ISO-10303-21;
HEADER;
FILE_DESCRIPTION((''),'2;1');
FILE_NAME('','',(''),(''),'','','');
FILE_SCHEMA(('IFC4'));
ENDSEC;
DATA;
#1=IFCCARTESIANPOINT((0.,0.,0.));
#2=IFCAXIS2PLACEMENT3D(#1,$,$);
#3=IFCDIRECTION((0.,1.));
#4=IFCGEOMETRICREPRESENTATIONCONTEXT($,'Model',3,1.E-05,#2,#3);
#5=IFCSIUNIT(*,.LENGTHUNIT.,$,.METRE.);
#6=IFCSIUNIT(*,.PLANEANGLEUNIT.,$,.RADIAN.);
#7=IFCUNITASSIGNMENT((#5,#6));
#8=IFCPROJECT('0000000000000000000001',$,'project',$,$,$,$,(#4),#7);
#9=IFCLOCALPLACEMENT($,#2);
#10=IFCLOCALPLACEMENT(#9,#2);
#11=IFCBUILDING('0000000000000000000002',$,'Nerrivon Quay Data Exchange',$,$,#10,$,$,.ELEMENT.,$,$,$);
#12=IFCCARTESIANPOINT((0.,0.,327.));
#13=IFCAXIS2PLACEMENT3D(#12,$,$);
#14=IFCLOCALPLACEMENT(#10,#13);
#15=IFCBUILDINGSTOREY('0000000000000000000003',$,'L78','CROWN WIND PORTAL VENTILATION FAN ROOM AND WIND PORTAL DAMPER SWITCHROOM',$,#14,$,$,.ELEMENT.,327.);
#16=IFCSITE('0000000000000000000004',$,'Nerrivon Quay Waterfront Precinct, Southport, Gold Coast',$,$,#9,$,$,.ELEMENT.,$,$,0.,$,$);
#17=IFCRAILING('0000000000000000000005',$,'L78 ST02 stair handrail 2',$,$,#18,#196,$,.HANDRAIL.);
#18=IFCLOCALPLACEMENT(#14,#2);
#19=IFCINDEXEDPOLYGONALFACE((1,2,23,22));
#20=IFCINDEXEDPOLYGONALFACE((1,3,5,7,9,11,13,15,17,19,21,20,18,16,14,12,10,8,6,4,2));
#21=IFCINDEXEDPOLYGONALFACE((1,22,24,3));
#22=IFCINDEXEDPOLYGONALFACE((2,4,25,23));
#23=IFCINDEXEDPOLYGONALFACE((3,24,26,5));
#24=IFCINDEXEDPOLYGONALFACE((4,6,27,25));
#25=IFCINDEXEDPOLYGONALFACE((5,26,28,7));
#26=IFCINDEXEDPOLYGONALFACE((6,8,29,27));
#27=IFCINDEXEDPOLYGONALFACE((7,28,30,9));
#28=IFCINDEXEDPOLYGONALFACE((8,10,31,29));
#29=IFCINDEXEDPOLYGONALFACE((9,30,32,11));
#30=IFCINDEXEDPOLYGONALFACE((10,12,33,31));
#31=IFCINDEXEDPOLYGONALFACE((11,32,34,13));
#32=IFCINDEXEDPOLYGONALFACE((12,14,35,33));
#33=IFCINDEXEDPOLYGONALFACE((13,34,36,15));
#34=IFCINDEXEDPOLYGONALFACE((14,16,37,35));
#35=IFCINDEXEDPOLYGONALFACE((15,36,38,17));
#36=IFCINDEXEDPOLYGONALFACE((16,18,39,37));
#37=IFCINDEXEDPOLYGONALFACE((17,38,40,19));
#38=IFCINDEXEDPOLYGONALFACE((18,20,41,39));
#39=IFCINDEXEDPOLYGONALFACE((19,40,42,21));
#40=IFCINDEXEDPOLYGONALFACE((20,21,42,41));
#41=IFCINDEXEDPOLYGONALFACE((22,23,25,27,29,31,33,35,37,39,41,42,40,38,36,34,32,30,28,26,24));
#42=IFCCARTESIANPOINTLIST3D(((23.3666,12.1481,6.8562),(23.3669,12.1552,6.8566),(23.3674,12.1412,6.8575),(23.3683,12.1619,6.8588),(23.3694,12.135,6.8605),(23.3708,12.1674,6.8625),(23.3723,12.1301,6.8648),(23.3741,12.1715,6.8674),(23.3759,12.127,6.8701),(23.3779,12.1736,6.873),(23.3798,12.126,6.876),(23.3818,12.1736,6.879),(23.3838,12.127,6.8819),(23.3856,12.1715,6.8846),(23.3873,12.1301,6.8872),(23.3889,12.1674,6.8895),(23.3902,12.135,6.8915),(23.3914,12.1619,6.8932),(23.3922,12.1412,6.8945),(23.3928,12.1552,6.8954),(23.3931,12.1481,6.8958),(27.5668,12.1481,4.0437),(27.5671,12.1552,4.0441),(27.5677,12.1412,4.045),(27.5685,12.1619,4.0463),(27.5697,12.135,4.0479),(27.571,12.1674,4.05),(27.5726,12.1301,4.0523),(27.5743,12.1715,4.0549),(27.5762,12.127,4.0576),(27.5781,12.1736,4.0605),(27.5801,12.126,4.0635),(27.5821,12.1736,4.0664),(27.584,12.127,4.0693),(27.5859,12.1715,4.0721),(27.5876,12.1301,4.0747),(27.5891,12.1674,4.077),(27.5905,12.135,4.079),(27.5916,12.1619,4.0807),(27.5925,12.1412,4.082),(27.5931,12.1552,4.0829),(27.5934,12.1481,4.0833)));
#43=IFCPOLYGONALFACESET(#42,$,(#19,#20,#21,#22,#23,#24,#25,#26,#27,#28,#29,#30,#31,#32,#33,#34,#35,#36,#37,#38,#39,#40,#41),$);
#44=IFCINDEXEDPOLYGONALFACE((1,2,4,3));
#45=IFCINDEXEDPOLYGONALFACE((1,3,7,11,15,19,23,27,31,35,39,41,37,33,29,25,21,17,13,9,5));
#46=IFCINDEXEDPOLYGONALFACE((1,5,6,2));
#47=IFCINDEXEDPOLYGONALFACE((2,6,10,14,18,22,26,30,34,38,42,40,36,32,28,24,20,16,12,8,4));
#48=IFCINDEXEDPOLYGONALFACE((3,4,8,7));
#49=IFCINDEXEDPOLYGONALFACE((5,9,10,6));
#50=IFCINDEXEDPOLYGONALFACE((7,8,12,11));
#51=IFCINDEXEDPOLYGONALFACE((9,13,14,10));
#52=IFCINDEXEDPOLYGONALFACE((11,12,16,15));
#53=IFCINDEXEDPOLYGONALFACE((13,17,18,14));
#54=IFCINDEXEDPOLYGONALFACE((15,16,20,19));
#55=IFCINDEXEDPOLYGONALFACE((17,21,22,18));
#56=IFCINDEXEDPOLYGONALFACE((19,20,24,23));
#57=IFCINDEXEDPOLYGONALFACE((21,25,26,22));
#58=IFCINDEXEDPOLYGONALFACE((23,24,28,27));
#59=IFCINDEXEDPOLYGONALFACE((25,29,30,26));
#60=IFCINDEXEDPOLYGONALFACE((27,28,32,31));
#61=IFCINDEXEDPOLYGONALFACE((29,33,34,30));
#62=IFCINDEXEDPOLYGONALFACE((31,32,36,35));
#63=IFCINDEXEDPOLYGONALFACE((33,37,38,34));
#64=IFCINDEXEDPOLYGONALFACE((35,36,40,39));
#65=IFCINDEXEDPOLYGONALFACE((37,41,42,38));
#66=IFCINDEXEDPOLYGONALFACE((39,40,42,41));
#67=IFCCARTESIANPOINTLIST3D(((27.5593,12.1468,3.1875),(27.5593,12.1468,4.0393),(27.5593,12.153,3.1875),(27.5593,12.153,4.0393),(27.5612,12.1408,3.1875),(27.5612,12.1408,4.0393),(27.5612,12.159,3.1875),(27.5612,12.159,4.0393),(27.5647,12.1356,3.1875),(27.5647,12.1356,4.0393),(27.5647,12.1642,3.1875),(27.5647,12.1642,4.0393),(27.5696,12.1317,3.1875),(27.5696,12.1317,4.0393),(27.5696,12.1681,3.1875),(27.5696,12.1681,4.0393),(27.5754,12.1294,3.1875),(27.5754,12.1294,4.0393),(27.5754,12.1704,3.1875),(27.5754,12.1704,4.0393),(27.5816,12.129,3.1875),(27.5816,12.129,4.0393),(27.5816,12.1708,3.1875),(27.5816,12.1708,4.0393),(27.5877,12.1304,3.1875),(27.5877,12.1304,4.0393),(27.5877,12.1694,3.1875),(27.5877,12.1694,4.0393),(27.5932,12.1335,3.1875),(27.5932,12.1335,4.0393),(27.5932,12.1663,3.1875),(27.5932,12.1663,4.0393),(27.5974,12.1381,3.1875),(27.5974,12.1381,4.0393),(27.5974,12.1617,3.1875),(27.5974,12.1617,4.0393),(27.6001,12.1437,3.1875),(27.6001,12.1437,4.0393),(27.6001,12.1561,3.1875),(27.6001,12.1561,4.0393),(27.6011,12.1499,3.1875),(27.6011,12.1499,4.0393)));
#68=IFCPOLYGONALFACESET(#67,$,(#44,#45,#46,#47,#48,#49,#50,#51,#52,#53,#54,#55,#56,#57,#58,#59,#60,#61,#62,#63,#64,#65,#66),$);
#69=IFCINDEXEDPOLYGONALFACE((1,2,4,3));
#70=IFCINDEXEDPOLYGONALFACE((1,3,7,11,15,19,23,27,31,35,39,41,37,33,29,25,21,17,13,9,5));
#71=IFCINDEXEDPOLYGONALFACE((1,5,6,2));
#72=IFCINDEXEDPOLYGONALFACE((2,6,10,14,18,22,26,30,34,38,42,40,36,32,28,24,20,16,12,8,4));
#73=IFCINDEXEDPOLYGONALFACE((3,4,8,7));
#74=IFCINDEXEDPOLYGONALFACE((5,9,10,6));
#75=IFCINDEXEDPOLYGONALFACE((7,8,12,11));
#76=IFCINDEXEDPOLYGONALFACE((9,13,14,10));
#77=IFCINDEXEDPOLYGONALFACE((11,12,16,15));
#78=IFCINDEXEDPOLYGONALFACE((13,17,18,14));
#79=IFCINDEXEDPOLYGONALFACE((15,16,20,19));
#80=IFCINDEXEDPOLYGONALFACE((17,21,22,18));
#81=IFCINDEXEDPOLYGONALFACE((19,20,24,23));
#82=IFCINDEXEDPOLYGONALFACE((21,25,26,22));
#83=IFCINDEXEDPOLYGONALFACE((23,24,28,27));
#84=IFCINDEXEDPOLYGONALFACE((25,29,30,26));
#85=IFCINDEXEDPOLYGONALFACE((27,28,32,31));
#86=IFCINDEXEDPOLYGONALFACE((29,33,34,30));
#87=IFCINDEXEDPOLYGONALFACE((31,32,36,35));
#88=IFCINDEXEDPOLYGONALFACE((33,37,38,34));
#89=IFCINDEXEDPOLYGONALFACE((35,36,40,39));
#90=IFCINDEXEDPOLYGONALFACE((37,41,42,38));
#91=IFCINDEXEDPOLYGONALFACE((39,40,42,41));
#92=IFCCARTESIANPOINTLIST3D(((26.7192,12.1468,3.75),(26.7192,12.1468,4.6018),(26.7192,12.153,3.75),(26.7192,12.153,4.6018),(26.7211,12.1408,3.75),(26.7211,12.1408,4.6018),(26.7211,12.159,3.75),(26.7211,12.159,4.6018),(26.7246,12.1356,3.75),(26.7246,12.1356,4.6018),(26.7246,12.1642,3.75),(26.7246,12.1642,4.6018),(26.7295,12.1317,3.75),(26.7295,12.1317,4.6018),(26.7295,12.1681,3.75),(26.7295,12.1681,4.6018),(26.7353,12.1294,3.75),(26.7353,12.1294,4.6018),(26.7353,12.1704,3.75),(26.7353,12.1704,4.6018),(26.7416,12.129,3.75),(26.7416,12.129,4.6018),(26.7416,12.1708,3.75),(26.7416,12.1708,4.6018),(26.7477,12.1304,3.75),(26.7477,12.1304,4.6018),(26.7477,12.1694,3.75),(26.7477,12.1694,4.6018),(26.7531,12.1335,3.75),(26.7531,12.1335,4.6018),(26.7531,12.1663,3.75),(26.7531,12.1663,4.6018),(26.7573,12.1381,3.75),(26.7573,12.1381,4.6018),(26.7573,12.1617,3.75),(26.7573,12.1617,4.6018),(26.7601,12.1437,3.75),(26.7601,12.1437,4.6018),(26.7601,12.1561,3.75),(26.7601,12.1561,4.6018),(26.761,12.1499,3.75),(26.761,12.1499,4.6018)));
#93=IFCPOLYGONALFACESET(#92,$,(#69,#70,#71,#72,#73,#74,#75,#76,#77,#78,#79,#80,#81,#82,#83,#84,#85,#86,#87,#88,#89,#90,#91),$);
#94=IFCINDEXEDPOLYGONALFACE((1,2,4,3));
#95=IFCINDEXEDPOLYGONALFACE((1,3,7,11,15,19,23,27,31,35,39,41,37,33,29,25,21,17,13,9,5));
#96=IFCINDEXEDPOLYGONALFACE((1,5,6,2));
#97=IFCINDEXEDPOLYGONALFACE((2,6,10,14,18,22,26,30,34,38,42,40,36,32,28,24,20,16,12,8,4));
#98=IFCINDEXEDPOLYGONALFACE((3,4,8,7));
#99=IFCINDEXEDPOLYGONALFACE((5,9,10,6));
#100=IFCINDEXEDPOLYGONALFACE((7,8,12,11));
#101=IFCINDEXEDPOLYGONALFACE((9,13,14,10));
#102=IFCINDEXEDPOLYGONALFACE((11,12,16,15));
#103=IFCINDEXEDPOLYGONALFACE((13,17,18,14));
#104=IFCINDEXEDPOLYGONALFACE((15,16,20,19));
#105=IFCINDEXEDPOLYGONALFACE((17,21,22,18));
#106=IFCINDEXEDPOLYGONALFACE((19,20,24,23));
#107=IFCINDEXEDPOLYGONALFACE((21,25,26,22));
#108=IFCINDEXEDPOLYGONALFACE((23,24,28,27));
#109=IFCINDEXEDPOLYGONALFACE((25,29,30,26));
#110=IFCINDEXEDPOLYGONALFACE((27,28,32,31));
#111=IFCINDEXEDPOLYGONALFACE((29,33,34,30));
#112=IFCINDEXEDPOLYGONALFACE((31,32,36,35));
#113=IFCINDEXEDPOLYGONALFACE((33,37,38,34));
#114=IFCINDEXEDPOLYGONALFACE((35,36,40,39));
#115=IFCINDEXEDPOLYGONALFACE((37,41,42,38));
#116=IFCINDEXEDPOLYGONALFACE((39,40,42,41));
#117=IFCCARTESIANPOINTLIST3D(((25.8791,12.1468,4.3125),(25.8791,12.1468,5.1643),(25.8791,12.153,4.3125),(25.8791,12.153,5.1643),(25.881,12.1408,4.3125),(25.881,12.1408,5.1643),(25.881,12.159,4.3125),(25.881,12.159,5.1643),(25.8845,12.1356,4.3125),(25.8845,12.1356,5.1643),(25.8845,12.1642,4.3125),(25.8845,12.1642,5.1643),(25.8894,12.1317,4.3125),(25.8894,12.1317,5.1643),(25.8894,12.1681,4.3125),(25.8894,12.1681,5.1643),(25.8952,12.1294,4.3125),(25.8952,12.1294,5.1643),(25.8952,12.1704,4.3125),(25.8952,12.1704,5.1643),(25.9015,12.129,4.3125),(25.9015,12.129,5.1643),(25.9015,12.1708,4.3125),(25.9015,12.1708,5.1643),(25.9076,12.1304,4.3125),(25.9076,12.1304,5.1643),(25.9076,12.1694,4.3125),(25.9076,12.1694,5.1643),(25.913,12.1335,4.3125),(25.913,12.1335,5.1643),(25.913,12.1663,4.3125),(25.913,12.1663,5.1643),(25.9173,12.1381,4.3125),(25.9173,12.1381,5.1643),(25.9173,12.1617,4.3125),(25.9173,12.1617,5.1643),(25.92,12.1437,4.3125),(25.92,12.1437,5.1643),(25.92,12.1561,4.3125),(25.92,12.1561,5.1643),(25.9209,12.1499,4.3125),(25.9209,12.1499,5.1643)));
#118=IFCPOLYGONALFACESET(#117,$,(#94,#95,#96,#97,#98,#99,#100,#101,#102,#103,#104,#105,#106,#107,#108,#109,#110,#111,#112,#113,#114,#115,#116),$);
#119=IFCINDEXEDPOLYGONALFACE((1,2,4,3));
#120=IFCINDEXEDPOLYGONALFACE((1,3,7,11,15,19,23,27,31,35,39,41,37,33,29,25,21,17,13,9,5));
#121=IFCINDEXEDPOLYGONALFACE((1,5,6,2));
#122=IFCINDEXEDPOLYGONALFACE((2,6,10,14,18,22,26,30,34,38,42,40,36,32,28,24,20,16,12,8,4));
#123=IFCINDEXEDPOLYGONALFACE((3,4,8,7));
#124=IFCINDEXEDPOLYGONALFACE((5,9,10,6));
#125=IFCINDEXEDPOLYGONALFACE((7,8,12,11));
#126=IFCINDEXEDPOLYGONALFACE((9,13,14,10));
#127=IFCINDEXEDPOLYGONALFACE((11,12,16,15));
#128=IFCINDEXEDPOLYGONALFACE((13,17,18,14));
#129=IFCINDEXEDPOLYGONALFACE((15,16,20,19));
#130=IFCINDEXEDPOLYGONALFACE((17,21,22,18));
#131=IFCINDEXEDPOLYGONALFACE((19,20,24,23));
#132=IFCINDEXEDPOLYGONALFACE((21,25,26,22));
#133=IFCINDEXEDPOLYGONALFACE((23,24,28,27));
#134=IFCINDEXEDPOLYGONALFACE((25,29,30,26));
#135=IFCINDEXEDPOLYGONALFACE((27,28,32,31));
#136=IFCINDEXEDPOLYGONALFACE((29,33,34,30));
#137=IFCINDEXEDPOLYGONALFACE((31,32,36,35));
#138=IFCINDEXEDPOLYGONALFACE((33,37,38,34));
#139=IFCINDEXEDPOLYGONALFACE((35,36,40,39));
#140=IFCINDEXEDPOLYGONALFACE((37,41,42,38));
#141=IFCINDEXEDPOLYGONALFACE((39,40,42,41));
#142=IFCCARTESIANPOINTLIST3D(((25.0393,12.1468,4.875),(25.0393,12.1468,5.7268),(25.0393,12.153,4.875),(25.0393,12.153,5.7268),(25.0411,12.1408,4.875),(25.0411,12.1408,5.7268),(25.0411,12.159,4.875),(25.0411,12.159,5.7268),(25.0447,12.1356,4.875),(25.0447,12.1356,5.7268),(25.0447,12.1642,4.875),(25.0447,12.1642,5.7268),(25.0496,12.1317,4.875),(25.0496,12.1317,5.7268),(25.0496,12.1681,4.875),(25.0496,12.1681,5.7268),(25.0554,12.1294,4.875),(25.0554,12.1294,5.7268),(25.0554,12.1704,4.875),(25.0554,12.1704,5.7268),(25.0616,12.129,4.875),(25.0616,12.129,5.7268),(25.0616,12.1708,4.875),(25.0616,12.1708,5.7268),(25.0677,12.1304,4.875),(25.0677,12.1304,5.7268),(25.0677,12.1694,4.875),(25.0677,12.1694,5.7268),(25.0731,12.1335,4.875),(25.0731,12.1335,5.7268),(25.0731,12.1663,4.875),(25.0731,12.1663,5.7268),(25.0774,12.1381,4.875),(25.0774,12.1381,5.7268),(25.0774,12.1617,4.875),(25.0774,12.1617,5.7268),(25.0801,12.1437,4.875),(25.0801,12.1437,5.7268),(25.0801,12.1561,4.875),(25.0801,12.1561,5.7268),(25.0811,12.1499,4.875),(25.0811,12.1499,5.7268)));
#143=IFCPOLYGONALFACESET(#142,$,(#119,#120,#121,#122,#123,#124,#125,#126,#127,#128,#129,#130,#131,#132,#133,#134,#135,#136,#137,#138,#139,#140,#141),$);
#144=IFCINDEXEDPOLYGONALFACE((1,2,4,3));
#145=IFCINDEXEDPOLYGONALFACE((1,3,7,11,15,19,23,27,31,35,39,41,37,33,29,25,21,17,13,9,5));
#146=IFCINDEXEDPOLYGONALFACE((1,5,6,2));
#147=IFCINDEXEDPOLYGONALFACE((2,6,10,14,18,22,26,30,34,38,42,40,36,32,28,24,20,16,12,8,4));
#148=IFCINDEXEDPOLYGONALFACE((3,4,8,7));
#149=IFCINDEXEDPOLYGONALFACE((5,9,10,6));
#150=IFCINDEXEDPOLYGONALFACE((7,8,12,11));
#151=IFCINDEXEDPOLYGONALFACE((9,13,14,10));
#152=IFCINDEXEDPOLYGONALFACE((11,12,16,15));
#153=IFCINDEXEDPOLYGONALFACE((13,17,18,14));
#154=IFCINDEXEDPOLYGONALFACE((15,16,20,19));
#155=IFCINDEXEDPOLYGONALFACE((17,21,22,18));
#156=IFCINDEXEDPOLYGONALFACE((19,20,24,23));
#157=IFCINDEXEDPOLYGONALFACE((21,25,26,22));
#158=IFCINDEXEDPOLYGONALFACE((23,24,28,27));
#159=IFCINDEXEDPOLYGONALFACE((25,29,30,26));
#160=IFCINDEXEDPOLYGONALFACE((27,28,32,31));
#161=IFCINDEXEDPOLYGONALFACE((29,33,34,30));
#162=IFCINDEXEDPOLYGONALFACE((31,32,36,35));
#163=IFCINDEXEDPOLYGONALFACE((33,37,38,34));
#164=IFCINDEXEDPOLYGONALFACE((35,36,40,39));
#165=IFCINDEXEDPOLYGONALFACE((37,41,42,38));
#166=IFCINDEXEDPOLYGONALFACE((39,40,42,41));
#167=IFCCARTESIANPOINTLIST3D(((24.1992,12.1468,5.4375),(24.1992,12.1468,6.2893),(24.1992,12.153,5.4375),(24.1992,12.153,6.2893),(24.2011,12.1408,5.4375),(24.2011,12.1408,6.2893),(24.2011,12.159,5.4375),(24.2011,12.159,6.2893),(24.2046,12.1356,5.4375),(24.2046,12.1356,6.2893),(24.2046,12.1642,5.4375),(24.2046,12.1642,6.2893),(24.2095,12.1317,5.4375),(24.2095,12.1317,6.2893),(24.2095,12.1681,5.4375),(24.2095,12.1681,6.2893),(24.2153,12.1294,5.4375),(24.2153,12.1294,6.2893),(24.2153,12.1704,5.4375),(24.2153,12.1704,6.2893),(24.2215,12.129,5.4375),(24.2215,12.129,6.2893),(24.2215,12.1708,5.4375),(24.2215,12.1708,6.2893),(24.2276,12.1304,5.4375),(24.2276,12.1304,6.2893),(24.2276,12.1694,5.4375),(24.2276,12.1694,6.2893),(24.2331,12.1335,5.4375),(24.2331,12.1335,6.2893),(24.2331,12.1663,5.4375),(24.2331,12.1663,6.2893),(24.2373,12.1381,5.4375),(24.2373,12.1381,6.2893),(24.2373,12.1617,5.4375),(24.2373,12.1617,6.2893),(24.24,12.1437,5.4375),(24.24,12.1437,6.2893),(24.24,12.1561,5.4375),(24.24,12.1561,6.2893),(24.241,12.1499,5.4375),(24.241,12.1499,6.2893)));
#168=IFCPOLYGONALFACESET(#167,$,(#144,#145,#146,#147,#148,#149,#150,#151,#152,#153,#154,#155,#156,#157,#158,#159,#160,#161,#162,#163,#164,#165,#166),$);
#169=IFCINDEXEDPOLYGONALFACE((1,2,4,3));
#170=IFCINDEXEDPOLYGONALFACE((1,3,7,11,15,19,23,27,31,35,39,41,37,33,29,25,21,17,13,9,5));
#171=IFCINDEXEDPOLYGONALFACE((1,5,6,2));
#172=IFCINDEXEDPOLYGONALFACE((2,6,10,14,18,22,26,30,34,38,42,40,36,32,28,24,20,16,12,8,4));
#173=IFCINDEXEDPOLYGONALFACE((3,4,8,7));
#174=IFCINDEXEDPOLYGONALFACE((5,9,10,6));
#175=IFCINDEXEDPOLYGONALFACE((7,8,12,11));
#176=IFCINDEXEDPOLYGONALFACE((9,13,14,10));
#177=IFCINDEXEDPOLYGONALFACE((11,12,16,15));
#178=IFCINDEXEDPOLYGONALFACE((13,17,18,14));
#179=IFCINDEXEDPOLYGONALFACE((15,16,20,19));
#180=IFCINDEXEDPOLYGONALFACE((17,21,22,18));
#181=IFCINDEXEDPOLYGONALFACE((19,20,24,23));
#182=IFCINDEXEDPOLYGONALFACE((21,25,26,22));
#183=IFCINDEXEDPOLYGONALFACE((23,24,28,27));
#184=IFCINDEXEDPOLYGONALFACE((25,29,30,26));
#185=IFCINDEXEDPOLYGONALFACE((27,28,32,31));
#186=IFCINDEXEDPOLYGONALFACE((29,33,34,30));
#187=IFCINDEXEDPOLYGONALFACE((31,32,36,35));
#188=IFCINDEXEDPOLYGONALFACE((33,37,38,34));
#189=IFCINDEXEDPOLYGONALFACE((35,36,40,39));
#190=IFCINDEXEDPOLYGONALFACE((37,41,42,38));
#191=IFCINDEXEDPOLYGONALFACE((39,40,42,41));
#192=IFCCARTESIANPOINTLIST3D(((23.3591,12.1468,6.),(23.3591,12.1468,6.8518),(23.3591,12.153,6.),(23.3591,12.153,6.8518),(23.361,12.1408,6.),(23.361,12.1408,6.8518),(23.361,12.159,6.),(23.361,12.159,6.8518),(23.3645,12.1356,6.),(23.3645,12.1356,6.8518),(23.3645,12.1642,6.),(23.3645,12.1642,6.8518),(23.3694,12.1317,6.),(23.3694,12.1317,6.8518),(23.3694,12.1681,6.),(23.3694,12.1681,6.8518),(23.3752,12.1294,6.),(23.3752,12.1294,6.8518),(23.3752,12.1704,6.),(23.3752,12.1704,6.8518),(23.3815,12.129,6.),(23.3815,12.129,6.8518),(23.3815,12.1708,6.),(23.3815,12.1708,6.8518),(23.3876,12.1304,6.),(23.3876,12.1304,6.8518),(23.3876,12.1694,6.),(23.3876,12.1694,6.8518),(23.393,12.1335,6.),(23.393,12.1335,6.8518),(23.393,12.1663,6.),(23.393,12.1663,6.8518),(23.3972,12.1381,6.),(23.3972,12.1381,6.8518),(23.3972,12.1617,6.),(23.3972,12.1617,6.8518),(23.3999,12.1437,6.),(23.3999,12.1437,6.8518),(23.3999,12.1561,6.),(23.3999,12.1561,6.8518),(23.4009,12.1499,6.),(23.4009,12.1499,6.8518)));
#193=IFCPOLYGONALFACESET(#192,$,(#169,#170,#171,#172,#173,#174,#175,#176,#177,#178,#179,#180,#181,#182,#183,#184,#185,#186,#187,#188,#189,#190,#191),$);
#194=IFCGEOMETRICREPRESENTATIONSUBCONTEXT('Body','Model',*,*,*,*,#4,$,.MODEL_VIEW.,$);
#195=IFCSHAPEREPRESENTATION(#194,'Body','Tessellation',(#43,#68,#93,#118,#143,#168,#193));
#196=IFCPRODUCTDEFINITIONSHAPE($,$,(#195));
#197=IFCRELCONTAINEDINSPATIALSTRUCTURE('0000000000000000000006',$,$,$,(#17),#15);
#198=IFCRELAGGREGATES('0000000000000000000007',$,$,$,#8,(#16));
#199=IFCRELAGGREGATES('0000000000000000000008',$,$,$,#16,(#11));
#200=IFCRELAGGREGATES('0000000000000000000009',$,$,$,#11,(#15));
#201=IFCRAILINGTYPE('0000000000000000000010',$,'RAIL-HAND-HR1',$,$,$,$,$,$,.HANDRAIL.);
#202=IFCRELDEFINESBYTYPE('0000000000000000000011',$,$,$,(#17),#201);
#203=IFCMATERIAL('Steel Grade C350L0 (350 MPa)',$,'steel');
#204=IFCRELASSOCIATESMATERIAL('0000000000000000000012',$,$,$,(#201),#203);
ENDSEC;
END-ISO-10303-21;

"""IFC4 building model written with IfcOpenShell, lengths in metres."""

from ifc_helpers import new_model, si_unit, direction, frame, origin, origin_2d, place, context, subcontext, project, spatial, circle, extrude, material, type_object, element, save


model = new_model("IFC4")

# Units and contexts
model_context = context("Model", 3, precision=1e-05, world=origin(), true_north=direction((0.0, 1.0)))
body_context = subcontext(model_context, "Body", "Model", "MODEL_VIEW")
ifc_project = project(units=[si_unit("LENGTHUNIT", "METRE"), si_unit("PLANEANGLEUNIT", "RADIAN")], contexts=[model_context])

# Site, building, storey
site_placement = place(None, origin())
site = spatial("IfcSite", under=ifc_project, at=site_placement, Name="Nerrivon Quay Waterfront Precinct, Southport, Gold Coast", CompositionType="ELEMENT", RefElevation=0.0)
building_placement = place(site_placement, origin())
building = spatial("IfcBuilding", under=site, at=building_placement, Name="Nerrivon Quay Data Exchange", CompositionType="ELEMENT")
storey_placement = place(building_placement, frame((0.0, 0.0, 327.0)))
storey = spatial("IfcBuildingStorey", under=building, at=storey_placement, Name="L78", Description="CROWN WIND PORTAL VENTILATION FAN ROOM AND WIND PORTAL DAMPER SWITCHROOM", CompositionType="ELEMENT", Elevation=327.0)

# Railing
ifc_material_1 = material(Name="Steel Grade C350L0 (350 MPa)", Category="steel")
railing_type_1 = type_object("IfcRailingType", Name="RAIL-HAND-HR1", PredefinedType="HANDRAIL", material=ifc_material_1)
railing_1_placement = place(storey_placement, frame((27.5801, 12.1499, 3.1875)))
element("IfcRailing", 1, at=railing_1_placement, inside=storey, type_object=railing_type_1, Name="L78 ST02 stair handrail 2", PredefinedType="HANDRAIL", context=body_context, shape_type="SweptSolid", body=[
    extrude(circle(Radius=0.0239, at=origin_2d()), frame((0.0, 0.0, 0.876), z_axis=(-0.830919, 0.0, 0.556393), x_axis=(0.0, -1.0, 0.0)), (0.0, 0.0, 1.0), 5.0549),
    extrude(circle(Radius=0.021, at=origin_2d()), origin(), (0.0, 0.0, 1.0), 0.8518),
    extrude(circle(Radius=0.021, at=origin_2d()), frame((-0.8401, 0.0, 0.5625)), (0.0, 0.0, 1.0), 0.8518),
    extrude(circle(Radius=0.021, at=origin_2d()), frame((-1.6802, 0.0, 1.125)), (0.0, 0.0, 1.0), 0.8518),
    extrude(circle(Radius=0.021, at=origin_2d()), frame((-2.52, 0.0, 1.6875)), (0.0, 0.0, 1.0), 0.8518),
    extrude(circle(Radius=0.021, at=origin_2d()), frame((-3.3601, 0.0, 2.25)), (0.0, 0.0, 1.0), 0.8518),
    extrude(circle(Radius=0.021, at=origin_2d()), frame((-4.2002, 0.0, 2.8125)), (0.0, 0.0, 1.0), 0.8518),
])

save(model, "model.ifc")
